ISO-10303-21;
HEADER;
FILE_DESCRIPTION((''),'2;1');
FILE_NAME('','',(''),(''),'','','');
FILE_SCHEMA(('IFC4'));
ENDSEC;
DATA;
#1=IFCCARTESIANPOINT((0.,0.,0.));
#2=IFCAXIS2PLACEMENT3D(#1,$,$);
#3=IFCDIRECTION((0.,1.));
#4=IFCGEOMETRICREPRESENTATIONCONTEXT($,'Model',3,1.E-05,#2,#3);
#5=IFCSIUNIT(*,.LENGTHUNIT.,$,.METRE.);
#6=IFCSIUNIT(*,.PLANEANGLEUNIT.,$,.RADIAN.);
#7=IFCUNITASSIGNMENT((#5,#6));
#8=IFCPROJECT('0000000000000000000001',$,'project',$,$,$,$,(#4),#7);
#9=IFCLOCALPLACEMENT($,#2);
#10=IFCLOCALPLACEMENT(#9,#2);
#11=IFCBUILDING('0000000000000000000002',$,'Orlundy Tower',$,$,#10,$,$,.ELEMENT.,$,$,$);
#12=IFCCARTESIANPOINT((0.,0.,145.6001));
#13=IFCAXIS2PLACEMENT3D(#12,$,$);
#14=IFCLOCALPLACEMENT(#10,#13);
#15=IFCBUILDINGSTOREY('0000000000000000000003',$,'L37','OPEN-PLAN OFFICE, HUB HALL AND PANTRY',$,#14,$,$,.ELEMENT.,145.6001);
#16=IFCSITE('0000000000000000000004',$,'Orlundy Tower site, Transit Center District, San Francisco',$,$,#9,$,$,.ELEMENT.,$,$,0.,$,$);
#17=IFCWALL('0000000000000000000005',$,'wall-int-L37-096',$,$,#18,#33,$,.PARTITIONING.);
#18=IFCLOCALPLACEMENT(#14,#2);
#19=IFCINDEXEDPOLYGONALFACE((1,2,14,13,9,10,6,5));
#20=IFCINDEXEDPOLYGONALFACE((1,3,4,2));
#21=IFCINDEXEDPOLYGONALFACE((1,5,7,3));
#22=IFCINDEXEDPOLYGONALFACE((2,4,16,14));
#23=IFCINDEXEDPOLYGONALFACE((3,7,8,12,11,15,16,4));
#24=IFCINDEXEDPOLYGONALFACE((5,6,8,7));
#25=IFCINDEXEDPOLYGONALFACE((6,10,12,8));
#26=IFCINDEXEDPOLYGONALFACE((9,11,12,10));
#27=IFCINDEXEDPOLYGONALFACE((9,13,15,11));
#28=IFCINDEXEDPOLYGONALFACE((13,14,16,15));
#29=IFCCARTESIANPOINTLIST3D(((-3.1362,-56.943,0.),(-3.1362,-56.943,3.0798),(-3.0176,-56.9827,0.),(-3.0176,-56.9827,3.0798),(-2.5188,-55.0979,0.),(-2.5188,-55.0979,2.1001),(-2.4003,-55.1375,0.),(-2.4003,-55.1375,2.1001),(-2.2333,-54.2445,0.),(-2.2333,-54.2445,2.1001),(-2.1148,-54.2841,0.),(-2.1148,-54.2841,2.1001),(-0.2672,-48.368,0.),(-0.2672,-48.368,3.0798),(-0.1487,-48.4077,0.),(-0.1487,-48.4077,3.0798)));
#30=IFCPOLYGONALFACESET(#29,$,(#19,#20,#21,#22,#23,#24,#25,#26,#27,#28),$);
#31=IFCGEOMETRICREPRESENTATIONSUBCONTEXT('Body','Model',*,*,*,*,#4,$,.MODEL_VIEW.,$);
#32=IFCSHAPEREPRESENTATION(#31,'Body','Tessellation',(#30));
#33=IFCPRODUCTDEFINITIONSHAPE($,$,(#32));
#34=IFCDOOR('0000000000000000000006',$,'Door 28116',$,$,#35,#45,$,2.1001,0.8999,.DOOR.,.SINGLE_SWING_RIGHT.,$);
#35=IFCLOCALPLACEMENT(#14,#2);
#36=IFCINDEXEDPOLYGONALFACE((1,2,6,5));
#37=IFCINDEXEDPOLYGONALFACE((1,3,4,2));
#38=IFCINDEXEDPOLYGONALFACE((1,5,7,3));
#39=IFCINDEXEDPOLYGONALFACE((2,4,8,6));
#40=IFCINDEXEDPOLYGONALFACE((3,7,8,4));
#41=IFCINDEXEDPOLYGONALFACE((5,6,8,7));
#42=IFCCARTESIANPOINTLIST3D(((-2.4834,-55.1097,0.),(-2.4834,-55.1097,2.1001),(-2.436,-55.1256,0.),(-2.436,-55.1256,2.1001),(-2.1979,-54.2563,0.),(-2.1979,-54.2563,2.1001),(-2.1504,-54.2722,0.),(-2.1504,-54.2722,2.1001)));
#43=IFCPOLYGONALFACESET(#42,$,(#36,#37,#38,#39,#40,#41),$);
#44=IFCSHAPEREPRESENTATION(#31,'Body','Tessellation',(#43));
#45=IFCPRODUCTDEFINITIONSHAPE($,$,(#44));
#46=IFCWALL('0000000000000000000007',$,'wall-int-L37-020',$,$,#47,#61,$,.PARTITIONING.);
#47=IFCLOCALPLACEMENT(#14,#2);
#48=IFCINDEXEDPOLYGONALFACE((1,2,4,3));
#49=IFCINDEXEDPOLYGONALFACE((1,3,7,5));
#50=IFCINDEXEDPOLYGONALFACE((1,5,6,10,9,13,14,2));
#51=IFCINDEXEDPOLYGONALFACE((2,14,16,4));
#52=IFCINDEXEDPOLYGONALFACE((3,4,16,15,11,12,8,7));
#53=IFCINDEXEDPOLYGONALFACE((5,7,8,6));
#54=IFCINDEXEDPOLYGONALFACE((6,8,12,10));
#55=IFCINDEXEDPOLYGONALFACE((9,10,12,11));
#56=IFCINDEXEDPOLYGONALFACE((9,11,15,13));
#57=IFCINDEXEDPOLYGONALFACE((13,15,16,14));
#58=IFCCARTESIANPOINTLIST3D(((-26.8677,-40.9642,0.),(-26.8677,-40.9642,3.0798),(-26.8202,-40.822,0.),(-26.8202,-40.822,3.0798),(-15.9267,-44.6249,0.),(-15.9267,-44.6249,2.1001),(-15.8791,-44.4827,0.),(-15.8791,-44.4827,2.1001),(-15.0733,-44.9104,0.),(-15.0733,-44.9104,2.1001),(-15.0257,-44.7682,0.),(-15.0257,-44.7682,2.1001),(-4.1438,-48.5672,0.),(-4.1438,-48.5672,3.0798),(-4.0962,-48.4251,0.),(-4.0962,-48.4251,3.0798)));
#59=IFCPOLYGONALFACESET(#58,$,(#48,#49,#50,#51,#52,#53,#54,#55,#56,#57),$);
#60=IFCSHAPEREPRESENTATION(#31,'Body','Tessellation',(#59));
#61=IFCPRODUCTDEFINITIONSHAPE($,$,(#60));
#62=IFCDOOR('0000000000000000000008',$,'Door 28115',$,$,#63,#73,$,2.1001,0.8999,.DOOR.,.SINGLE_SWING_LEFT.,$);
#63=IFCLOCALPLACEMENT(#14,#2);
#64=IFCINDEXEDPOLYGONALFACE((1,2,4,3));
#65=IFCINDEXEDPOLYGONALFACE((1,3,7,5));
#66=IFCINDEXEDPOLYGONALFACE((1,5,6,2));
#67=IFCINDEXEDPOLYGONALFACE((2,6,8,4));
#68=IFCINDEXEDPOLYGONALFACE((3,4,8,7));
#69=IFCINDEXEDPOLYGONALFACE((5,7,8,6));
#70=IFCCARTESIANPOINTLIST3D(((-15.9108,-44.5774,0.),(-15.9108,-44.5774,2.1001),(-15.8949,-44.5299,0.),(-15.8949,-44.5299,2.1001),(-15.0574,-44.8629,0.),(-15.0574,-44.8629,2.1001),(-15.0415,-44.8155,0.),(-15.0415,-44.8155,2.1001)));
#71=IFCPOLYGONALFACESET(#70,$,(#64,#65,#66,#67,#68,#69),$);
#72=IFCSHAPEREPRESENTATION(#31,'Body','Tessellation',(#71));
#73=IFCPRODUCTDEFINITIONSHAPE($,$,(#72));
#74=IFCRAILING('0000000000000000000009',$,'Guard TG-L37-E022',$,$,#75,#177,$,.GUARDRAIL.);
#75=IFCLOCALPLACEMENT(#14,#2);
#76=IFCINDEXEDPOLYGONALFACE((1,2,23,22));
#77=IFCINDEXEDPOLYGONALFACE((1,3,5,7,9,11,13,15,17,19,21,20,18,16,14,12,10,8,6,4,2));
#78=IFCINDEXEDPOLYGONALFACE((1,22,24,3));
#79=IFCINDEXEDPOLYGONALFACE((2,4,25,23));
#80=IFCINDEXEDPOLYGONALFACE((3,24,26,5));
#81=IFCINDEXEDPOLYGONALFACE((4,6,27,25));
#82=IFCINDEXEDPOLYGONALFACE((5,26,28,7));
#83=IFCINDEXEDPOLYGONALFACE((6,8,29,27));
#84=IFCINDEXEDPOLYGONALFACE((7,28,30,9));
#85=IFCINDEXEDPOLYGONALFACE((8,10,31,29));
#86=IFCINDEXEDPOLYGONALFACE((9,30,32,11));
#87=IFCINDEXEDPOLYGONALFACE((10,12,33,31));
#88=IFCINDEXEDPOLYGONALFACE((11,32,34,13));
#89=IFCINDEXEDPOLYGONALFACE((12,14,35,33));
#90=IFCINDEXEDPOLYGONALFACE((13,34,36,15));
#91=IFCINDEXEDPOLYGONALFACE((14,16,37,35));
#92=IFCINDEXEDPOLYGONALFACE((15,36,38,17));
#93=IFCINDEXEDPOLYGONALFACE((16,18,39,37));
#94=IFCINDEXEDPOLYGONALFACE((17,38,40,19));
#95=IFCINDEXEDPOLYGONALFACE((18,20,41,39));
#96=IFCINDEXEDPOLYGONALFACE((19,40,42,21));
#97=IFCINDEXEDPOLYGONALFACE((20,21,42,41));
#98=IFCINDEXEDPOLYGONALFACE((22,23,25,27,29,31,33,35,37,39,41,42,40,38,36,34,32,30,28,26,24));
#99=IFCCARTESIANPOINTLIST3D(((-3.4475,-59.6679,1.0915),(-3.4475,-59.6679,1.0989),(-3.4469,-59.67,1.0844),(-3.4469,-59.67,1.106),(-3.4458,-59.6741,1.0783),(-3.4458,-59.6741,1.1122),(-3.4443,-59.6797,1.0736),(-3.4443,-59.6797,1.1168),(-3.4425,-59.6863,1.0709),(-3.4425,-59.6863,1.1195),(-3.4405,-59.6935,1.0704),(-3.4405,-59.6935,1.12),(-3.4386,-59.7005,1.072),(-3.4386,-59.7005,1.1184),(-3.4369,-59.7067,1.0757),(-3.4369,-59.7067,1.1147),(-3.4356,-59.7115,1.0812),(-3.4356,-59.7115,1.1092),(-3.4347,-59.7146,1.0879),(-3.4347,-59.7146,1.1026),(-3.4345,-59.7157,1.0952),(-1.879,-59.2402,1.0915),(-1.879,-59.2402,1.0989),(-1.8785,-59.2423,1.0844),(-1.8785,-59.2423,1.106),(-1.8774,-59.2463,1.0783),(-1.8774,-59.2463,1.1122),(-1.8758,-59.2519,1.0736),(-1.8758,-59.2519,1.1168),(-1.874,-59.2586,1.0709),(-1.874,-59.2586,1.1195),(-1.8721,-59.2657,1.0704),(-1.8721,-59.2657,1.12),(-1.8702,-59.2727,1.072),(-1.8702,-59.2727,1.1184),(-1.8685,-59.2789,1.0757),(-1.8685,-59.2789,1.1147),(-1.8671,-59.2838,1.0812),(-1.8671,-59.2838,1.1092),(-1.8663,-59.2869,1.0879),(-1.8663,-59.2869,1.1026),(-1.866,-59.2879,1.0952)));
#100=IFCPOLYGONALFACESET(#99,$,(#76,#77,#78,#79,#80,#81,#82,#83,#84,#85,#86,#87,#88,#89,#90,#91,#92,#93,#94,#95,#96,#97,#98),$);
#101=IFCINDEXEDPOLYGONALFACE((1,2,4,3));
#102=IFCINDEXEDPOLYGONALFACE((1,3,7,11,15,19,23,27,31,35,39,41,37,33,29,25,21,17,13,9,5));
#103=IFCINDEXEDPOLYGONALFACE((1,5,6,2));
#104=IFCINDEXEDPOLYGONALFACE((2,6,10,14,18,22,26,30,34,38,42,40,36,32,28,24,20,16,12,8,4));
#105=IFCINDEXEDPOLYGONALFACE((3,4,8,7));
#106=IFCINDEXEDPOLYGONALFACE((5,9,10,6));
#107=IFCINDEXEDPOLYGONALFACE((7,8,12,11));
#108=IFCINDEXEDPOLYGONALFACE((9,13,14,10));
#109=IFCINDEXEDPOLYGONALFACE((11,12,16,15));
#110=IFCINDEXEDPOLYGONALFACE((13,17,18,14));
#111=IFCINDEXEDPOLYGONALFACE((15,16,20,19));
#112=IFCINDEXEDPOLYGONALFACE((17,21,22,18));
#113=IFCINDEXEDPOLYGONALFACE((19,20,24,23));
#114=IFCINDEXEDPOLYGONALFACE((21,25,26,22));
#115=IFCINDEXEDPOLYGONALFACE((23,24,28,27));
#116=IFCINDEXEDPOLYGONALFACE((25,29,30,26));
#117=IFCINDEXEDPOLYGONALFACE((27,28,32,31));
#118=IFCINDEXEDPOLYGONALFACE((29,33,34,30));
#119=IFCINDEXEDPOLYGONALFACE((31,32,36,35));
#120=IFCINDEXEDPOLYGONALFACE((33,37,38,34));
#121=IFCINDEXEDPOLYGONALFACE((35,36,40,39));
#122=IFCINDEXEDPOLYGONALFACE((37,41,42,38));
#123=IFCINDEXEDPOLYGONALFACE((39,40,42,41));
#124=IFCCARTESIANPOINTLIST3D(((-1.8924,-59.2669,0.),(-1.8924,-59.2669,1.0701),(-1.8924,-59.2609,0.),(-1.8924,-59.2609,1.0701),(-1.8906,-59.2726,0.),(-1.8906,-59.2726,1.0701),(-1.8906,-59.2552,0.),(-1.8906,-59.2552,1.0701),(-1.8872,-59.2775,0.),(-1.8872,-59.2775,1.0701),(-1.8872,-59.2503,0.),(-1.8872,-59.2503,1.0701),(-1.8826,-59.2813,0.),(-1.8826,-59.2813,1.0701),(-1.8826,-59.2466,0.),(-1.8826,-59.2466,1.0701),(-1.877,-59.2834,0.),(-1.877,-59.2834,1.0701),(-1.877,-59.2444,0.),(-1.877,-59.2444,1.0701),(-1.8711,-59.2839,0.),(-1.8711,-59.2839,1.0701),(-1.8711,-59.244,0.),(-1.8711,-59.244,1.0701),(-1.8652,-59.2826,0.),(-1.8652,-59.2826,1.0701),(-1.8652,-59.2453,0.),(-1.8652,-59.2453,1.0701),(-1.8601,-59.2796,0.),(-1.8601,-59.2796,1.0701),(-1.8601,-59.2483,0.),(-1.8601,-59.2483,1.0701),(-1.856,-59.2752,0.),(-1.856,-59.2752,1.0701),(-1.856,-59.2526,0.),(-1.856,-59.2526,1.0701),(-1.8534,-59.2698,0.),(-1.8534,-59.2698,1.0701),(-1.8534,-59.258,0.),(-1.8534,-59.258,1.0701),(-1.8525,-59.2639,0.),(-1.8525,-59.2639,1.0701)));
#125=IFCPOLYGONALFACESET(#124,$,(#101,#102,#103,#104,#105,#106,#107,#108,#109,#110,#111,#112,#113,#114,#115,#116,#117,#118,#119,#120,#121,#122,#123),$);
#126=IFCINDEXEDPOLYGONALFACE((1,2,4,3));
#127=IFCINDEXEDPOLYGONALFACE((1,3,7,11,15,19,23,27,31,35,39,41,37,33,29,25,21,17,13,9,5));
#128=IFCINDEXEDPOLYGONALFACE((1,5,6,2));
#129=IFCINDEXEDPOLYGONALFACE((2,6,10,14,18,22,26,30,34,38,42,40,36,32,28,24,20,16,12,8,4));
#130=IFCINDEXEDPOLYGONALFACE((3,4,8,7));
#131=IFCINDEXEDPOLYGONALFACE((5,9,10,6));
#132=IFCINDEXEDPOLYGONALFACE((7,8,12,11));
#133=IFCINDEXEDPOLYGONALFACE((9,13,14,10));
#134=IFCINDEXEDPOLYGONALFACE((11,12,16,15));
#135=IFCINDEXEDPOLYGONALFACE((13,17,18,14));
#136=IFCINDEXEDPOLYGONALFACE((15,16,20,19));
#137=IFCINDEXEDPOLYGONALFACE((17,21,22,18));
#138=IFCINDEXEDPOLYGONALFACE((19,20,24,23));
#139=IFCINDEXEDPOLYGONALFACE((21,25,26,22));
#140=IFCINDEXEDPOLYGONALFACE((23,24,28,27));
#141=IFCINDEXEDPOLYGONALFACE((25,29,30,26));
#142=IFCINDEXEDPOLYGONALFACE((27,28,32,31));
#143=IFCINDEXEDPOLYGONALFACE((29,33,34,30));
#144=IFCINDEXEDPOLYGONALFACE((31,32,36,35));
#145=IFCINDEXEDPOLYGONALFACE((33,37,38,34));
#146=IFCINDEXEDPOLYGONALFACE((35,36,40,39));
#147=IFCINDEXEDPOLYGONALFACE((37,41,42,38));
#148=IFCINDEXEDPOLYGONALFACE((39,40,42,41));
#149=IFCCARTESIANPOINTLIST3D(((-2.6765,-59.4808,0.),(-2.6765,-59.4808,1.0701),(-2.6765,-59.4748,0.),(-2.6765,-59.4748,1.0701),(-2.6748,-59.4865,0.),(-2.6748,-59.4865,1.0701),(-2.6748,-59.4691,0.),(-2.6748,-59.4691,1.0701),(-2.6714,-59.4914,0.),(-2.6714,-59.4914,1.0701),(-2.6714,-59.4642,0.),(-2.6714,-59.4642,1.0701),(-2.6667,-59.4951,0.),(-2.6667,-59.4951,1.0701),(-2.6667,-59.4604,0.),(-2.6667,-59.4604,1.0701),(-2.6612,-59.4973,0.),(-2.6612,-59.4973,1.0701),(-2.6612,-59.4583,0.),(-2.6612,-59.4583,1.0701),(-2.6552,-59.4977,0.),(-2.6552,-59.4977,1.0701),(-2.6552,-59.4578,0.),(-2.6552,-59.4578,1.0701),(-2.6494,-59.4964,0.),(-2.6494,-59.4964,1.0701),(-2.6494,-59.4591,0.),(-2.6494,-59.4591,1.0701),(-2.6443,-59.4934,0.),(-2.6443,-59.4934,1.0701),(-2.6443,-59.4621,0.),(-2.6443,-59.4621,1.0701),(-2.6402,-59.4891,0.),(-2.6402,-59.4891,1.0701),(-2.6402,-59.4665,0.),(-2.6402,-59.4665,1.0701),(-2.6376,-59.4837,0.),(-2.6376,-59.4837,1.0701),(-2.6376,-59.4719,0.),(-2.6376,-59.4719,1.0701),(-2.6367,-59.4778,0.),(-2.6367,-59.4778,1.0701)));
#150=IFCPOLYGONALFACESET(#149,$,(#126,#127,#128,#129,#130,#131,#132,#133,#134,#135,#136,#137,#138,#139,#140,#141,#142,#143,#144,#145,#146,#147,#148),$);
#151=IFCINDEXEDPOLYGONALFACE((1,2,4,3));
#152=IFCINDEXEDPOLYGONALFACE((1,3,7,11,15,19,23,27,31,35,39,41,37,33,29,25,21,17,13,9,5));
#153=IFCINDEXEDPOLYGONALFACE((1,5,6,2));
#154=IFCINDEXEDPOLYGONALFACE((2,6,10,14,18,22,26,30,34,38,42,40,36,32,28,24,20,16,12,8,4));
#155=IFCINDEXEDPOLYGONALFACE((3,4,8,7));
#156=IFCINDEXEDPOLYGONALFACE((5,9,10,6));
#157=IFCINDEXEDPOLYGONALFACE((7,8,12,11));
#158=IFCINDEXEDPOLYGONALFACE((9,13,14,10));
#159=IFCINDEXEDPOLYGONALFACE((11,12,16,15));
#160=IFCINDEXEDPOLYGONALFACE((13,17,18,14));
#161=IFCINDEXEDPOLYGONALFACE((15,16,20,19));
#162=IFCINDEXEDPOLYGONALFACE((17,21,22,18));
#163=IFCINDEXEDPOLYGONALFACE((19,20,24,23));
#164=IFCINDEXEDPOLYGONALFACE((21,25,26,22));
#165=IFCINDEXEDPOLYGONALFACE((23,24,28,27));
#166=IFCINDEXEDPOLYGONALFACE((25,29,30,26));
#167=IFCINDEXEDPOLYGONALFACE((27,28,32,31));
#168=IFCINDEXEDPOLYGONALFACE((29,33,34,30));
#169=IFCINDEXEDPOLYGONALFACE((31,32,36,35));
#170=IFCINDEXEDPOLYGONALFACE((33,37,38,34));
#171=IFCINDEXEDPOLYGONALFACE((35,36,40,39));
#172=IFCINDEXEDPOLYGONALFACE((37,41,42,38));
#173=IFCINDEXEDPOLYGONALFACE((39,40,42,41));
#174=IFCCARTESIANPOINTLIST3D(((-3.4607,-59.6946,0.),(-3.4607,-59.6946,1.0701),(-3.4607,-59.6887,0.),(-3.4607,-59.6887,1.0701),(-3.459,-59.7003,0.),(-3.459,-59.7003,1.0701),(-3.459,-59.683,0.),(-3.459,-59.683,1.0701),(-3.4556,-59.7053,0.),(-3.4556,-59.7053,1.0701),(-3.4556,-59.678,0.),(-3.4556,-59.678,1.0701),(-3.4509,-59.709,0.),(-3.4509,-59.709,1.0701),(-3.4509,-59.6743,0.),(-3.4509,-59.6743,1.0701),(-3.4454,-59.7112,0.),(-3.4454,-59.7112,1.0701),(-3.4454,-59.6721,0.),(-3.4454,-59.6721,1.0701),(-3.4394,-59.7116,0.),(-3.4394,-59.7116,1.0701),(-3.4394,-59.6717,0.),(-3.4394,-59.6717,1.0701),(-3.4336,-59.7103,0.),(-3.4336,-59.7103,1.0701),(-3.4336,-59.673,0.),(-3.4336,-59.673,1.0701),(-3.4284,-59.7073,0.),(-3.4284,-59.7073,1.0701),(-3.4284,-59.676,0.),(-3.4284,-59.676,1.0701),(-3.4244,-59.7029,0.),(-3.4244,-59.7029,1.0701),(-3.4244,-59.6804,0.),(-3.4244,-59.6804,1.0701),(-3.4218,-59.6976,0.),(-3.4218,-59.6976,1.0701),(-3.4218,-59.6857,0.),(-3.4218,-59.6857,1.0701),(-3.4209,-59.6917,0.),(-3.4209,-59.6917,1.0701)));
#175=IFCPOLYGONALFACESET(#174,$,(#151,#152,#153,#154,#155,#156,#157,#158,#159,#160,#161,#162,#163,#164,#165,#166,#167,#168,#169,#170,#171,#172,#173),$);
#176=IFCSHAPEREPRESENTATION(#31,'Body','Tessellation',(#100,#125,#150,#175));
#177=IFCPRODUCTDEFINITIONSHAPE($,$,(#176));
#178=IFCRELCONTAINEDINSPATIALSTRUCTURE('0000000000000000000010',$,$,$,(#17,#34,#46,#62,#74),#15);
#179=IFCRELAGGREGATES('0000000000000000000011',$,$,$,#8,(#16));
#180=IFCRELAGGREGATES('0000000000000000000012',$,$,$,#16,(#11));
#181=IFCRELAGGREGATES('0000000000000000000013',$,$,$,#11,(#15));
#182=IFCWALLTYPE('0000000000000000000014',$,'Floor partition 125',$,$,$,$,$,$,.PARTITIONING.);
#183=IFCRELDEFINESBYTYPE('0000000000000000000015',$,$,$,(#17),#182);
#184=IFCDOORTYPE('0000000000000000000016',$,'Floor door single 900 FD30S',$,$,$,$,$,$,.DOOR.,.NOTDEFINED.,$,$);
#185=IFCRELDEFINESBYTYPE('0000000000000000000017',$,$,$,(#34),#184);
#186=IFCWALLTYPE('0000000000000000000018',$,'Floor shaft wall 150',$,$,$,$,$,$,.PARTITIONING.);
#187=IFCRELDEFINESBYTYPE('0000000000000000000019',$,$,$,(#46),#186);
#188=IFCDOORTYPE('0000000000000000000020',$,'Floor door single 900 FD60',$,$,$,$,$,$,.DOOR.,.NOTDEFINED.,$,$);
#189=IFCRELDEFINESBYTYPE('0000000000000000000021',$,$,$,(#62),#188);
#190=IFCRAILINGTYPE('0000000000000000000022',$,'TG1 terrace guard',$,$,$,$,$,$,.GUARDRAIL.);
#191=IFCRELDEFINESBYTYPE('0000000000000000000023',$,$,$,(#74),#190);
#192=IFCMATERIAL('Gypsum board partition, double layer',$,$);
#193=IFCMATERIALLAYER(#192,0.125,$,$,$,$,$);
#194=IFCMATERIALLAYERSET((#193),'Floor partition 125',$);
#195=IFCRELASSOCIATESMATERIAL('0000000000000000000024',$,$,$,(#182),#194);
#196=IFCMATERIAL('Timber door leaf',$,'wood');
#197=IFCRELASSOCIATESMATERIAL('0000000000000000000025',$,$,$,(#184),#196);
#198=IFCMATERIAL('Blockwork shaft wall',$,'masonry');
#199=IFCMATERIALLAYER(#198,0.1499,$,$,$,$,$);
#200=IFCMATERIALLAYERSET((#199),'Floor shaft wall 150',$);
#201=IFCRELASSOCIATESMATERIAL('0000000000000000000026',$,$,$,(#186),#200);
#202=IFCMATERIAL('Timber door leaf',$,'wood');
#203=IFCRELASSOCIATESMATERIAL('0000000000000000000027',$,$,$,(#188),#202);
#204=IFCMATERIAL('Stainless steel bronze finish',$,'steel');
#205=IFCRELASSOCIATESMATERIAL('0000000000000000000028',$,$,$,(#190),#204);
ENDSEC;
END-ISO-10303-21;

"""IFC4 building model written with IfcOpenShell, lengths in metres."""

from ifc_helpers import new_model, si_unit, direction, frame, frame_2d, origin, origin_2d, place, context, subcontext, project, spatial, rectangle, circle, extrude, material, layer, layer_set, type_object, element, fill, save


model = new_model("IFC4")

# Units and contexts
model_context = context("Model", 3, precision=1e-05, world=origin(), true_north=direction((0.0, 1.0)))
body_context = subcontext(model_context, "Body", "Model", "MODEL_VIEW")
ifc_project = project(units=[si_unit("LENGTHUNIT", "METRE"), si_unit("PLANEANGLEUNIT", "RADIAN")], contexts=[model_context])

# Site, building, storey
site_placement = place(None, origin())
site = spatial("IfcSite", under=ifc_project, at=site_placement, Name="Orlundy Tower site, Transit Center District, San Francisco", CompositionType="ELEMENT", RefElevation=0.0)
building_placement = place(site_placement, origin())
building = spatial("IfcBuilding", under=site, at=building_placement, Name="Orlundy Tower", CompositionType="ELEMENT")
storey_placement = place(building_placement, frame((0.0, 0.0, 145.6001)))
storey = spatial("IfcBuildingStorey", under=building, at=storey_placement, Name="L37", Description="OPEN-PLAN OFFICE, HUB HALL AND PANTRY", CompositionType="ELEMENT", Elevation=145.6001)

# Shared definitions
ifc_material_1 = material(Name="Gypsum board partition, double layer")
ifc_layer_1 = layer(ifc_material_1, 0.125)
ifc_layer_set_1 = layer_set([ifc_layer_1], Name="Floor partition 125")
wall_type_1 = type_object("IfcWallType", Name="Floor partition 125", PredefinedType="PARTITIONING", material=ifc_layer_set_1)

# Walls, openings, doors
wall_1_placement = place(storey_placement, frame((-0.208, -48.3879, 0.0), z_axis=(0.0, 0.0, 1.0), x_axis=(-0.317281, -0.948332, 0.0)))
wall_1 = element("IfcWall", 1, at=wall_1_placement, inside=storey, type_object=wall_type_1, Name="wall-int-L37-096", PredefinedType="PARTITIONING", context=body_context, shape_type="SweptSolid", body=[
    extrude(rectangle(XDim=9.0422, YDim=0.125, at=frame_2d((4.521, 0.0))), origin(), (0.0, 0.0, 1.0), 3.0798),
])
opening_1_placement = place(wall_1_placement, frame((6.1965, 0.0, 0.0)))
opening_1 = element("IfcOpeningElement", 2, at=opening_1_placement, cuts=wall_1, PredefinedType="OPENING", context=body_context, shape_type="SweptSolid", body=[
    extrude(rectangle(XDim=0.8999, YDim=2.1001, at=frame_2d((0.45, 1.05))), frame((0.0, 0.0725, 0.0), z_axis=(0.0, -1.0, 0.0), x_axis=(1.0, 0.0, 0.0)), (0.0, 0.0, 1.0), 0.145),
])
ifc_material_2 = material(Name="Timber door leaf", Category="wood")
door_type_1 = type_object("IfcDoorType", Name="Floor door single 900 FD30S", OperationType="NOTDEFINED", PredefinedType="DOOR", material=ifc_material_2)
door_1_placement = place(opening_1_placement, origin())
door_1 = element("IfcDoor", 3, at=door_1_placement, inside=storey, type_object=door_type_1, Name="Door 28116", OperationType="SINGLE_SWING_RIGHT", OverallHeight=2.1001, OverallWidth=0.8999, PredefinedType="DOOR", context=body_context, shape_type="SweptSolid", body=[
    extrude(rectangle(XDim=0.8999, YDim=2.1001, at=frame_2d((0.45, 1.05))), frame((0.0, 0.0249, 0.0), z_axis=(0.0, -1.0, 0.0), x_axis=(1.0, 0.0, 0.0)), (0.0, 0.0, 1.0), 0.05),
])
fill(opening_1, door_1)
ifc_material_3 = material(Name="Blockwork shaft wall", Category="masonry")
ifc_layer_2 = layer(ifc_material_3, 0.1499)
ifc_layer_set_2 = layer_set([ifc_layer_2], Name="Floor shaft wall 150")
wall_type_2 = type_object("IfcWallType", Name="Floor shaft wall 150", PredefinedType="PARTITIONING", material=ifc_layer_set_2)
wall_2_placement = place(storey_placement, frame((-4.1201, -48.4961, 0.0), z_axis=(0.0, 0.0, 1.0), x_axis=(-0.948327, 0.317294, 0.0)))
wall_2 = element("IfcWall", 4, at=wall_2_placement, inside=storey, type_object=wall_type_2, Name="wall-int-L37-020", PredefinedType="PARTITIONING", context=body_context, shape_type="SweptSolid", body=[
    extrude(rectangle(XDim=23.9622, YDim=0.1499, at=frame_2d((11.981, 0.0))), origin(), (0.0, 0.0, 1.0), 3.0798),
])
opening_2_placement = place(wall_2_placement, frame((11.5249, 0.0, 0.0)))
opening_2 = element("IfcOpeningElement", 5, at=opening_2_placement, cuts=wall_2, PredefinedType="OPENING", context=body_context, shape_type="SweptSolid", body=[
    extrude(rectangle(XDim=0.8999, YDim=2.1001, at=frame_2d((0.45, 1.05))), frame((0.0, 0.085, 0.0), z_axis=(0.0, -1.0, 0.0), x_axis=(1.0, 0.0, 0.0)), (0.0, 0.0, 1.0), 0.1699),
])
ifc_material_4 = material(Name="Timber door leaf", Category="wood")
door_type_2 = type_object("IfcDoorType", Name="Floor door single 900 FD60", OperationType="NOTDEFINED", PredefinedType="DOOR", material=ifc_material_4)
door_2_placement = place(opening_2_placement, origin())
door_2 = element("IfcDoor", 6, at=door_2_placement, inside=storey, type_object=door_type_2, Name="Door 28115", OperationType="SINGLE_SWING_LEFT", OverallHeight=2.1001, OverallWidth=0.8999, PredefinedType="DOOR", context=body_context, shape_type="SweptSolid", body=[
    extrude(rectangle(XDim=0.8999, YDim=2.1001, at=frame_2d((0.45, 1.05))), frame((0.0, 0.0249, 0.0), z_axis=(0.0, -1.0, 0.0), x_axis=(1.0, 0.0, 0.0)), (0.0, 0.0, 1.0), 0.05),
])
fill(opening_2, door_2)

# Railing
ifc_material_5 = material(Name="Stainless steel bronze finish", Category="steel")
railing_type = type_object("IfcRailingType", Name="TG1 terrace guard", PredefinedType="GUARDRAIL", material=ifc_material_5)
railing_1_placement = place(storey_placement, frame((-1.8726, -59.2639, 0.0)))
element("IfcRailing", 7, at=railing_1_placement, inside=storey, type_object=railing_type, Name="Guard TG-L37-E022", PredefinedType="GUARDRAIL", context=body_context, shape_type="SweptSolid", body=[
    extrude(circle(Radius=0.0249, at=origin_2d()), frame((0.0, 0.0, 1.0952), z_axis=(-0.964764, -0.263117, 0.0), x_axis=(0.263117, -0.964764, 0.0)), (0.0, 0.0, 1.0), 1.6257),
    extrude(circle(Radius=0.02, at=origin_2d()), origin(), (0.0, 0.0, 1.0), 1.0701),
    extrude(circle(Radius=0.02, at=origin_2d()), frame((-0.7842, -0.2139, 0.0)), (0.0, 0.0, 1.0), 1.0701),
    extrude(circle(Radius=0.02, at=origin_2d()), frame((-1.5684, -0.4277, 0.0)), (0.0, 0.0, 1.0), 1.0701),
])

save(model, "model.ifc")
